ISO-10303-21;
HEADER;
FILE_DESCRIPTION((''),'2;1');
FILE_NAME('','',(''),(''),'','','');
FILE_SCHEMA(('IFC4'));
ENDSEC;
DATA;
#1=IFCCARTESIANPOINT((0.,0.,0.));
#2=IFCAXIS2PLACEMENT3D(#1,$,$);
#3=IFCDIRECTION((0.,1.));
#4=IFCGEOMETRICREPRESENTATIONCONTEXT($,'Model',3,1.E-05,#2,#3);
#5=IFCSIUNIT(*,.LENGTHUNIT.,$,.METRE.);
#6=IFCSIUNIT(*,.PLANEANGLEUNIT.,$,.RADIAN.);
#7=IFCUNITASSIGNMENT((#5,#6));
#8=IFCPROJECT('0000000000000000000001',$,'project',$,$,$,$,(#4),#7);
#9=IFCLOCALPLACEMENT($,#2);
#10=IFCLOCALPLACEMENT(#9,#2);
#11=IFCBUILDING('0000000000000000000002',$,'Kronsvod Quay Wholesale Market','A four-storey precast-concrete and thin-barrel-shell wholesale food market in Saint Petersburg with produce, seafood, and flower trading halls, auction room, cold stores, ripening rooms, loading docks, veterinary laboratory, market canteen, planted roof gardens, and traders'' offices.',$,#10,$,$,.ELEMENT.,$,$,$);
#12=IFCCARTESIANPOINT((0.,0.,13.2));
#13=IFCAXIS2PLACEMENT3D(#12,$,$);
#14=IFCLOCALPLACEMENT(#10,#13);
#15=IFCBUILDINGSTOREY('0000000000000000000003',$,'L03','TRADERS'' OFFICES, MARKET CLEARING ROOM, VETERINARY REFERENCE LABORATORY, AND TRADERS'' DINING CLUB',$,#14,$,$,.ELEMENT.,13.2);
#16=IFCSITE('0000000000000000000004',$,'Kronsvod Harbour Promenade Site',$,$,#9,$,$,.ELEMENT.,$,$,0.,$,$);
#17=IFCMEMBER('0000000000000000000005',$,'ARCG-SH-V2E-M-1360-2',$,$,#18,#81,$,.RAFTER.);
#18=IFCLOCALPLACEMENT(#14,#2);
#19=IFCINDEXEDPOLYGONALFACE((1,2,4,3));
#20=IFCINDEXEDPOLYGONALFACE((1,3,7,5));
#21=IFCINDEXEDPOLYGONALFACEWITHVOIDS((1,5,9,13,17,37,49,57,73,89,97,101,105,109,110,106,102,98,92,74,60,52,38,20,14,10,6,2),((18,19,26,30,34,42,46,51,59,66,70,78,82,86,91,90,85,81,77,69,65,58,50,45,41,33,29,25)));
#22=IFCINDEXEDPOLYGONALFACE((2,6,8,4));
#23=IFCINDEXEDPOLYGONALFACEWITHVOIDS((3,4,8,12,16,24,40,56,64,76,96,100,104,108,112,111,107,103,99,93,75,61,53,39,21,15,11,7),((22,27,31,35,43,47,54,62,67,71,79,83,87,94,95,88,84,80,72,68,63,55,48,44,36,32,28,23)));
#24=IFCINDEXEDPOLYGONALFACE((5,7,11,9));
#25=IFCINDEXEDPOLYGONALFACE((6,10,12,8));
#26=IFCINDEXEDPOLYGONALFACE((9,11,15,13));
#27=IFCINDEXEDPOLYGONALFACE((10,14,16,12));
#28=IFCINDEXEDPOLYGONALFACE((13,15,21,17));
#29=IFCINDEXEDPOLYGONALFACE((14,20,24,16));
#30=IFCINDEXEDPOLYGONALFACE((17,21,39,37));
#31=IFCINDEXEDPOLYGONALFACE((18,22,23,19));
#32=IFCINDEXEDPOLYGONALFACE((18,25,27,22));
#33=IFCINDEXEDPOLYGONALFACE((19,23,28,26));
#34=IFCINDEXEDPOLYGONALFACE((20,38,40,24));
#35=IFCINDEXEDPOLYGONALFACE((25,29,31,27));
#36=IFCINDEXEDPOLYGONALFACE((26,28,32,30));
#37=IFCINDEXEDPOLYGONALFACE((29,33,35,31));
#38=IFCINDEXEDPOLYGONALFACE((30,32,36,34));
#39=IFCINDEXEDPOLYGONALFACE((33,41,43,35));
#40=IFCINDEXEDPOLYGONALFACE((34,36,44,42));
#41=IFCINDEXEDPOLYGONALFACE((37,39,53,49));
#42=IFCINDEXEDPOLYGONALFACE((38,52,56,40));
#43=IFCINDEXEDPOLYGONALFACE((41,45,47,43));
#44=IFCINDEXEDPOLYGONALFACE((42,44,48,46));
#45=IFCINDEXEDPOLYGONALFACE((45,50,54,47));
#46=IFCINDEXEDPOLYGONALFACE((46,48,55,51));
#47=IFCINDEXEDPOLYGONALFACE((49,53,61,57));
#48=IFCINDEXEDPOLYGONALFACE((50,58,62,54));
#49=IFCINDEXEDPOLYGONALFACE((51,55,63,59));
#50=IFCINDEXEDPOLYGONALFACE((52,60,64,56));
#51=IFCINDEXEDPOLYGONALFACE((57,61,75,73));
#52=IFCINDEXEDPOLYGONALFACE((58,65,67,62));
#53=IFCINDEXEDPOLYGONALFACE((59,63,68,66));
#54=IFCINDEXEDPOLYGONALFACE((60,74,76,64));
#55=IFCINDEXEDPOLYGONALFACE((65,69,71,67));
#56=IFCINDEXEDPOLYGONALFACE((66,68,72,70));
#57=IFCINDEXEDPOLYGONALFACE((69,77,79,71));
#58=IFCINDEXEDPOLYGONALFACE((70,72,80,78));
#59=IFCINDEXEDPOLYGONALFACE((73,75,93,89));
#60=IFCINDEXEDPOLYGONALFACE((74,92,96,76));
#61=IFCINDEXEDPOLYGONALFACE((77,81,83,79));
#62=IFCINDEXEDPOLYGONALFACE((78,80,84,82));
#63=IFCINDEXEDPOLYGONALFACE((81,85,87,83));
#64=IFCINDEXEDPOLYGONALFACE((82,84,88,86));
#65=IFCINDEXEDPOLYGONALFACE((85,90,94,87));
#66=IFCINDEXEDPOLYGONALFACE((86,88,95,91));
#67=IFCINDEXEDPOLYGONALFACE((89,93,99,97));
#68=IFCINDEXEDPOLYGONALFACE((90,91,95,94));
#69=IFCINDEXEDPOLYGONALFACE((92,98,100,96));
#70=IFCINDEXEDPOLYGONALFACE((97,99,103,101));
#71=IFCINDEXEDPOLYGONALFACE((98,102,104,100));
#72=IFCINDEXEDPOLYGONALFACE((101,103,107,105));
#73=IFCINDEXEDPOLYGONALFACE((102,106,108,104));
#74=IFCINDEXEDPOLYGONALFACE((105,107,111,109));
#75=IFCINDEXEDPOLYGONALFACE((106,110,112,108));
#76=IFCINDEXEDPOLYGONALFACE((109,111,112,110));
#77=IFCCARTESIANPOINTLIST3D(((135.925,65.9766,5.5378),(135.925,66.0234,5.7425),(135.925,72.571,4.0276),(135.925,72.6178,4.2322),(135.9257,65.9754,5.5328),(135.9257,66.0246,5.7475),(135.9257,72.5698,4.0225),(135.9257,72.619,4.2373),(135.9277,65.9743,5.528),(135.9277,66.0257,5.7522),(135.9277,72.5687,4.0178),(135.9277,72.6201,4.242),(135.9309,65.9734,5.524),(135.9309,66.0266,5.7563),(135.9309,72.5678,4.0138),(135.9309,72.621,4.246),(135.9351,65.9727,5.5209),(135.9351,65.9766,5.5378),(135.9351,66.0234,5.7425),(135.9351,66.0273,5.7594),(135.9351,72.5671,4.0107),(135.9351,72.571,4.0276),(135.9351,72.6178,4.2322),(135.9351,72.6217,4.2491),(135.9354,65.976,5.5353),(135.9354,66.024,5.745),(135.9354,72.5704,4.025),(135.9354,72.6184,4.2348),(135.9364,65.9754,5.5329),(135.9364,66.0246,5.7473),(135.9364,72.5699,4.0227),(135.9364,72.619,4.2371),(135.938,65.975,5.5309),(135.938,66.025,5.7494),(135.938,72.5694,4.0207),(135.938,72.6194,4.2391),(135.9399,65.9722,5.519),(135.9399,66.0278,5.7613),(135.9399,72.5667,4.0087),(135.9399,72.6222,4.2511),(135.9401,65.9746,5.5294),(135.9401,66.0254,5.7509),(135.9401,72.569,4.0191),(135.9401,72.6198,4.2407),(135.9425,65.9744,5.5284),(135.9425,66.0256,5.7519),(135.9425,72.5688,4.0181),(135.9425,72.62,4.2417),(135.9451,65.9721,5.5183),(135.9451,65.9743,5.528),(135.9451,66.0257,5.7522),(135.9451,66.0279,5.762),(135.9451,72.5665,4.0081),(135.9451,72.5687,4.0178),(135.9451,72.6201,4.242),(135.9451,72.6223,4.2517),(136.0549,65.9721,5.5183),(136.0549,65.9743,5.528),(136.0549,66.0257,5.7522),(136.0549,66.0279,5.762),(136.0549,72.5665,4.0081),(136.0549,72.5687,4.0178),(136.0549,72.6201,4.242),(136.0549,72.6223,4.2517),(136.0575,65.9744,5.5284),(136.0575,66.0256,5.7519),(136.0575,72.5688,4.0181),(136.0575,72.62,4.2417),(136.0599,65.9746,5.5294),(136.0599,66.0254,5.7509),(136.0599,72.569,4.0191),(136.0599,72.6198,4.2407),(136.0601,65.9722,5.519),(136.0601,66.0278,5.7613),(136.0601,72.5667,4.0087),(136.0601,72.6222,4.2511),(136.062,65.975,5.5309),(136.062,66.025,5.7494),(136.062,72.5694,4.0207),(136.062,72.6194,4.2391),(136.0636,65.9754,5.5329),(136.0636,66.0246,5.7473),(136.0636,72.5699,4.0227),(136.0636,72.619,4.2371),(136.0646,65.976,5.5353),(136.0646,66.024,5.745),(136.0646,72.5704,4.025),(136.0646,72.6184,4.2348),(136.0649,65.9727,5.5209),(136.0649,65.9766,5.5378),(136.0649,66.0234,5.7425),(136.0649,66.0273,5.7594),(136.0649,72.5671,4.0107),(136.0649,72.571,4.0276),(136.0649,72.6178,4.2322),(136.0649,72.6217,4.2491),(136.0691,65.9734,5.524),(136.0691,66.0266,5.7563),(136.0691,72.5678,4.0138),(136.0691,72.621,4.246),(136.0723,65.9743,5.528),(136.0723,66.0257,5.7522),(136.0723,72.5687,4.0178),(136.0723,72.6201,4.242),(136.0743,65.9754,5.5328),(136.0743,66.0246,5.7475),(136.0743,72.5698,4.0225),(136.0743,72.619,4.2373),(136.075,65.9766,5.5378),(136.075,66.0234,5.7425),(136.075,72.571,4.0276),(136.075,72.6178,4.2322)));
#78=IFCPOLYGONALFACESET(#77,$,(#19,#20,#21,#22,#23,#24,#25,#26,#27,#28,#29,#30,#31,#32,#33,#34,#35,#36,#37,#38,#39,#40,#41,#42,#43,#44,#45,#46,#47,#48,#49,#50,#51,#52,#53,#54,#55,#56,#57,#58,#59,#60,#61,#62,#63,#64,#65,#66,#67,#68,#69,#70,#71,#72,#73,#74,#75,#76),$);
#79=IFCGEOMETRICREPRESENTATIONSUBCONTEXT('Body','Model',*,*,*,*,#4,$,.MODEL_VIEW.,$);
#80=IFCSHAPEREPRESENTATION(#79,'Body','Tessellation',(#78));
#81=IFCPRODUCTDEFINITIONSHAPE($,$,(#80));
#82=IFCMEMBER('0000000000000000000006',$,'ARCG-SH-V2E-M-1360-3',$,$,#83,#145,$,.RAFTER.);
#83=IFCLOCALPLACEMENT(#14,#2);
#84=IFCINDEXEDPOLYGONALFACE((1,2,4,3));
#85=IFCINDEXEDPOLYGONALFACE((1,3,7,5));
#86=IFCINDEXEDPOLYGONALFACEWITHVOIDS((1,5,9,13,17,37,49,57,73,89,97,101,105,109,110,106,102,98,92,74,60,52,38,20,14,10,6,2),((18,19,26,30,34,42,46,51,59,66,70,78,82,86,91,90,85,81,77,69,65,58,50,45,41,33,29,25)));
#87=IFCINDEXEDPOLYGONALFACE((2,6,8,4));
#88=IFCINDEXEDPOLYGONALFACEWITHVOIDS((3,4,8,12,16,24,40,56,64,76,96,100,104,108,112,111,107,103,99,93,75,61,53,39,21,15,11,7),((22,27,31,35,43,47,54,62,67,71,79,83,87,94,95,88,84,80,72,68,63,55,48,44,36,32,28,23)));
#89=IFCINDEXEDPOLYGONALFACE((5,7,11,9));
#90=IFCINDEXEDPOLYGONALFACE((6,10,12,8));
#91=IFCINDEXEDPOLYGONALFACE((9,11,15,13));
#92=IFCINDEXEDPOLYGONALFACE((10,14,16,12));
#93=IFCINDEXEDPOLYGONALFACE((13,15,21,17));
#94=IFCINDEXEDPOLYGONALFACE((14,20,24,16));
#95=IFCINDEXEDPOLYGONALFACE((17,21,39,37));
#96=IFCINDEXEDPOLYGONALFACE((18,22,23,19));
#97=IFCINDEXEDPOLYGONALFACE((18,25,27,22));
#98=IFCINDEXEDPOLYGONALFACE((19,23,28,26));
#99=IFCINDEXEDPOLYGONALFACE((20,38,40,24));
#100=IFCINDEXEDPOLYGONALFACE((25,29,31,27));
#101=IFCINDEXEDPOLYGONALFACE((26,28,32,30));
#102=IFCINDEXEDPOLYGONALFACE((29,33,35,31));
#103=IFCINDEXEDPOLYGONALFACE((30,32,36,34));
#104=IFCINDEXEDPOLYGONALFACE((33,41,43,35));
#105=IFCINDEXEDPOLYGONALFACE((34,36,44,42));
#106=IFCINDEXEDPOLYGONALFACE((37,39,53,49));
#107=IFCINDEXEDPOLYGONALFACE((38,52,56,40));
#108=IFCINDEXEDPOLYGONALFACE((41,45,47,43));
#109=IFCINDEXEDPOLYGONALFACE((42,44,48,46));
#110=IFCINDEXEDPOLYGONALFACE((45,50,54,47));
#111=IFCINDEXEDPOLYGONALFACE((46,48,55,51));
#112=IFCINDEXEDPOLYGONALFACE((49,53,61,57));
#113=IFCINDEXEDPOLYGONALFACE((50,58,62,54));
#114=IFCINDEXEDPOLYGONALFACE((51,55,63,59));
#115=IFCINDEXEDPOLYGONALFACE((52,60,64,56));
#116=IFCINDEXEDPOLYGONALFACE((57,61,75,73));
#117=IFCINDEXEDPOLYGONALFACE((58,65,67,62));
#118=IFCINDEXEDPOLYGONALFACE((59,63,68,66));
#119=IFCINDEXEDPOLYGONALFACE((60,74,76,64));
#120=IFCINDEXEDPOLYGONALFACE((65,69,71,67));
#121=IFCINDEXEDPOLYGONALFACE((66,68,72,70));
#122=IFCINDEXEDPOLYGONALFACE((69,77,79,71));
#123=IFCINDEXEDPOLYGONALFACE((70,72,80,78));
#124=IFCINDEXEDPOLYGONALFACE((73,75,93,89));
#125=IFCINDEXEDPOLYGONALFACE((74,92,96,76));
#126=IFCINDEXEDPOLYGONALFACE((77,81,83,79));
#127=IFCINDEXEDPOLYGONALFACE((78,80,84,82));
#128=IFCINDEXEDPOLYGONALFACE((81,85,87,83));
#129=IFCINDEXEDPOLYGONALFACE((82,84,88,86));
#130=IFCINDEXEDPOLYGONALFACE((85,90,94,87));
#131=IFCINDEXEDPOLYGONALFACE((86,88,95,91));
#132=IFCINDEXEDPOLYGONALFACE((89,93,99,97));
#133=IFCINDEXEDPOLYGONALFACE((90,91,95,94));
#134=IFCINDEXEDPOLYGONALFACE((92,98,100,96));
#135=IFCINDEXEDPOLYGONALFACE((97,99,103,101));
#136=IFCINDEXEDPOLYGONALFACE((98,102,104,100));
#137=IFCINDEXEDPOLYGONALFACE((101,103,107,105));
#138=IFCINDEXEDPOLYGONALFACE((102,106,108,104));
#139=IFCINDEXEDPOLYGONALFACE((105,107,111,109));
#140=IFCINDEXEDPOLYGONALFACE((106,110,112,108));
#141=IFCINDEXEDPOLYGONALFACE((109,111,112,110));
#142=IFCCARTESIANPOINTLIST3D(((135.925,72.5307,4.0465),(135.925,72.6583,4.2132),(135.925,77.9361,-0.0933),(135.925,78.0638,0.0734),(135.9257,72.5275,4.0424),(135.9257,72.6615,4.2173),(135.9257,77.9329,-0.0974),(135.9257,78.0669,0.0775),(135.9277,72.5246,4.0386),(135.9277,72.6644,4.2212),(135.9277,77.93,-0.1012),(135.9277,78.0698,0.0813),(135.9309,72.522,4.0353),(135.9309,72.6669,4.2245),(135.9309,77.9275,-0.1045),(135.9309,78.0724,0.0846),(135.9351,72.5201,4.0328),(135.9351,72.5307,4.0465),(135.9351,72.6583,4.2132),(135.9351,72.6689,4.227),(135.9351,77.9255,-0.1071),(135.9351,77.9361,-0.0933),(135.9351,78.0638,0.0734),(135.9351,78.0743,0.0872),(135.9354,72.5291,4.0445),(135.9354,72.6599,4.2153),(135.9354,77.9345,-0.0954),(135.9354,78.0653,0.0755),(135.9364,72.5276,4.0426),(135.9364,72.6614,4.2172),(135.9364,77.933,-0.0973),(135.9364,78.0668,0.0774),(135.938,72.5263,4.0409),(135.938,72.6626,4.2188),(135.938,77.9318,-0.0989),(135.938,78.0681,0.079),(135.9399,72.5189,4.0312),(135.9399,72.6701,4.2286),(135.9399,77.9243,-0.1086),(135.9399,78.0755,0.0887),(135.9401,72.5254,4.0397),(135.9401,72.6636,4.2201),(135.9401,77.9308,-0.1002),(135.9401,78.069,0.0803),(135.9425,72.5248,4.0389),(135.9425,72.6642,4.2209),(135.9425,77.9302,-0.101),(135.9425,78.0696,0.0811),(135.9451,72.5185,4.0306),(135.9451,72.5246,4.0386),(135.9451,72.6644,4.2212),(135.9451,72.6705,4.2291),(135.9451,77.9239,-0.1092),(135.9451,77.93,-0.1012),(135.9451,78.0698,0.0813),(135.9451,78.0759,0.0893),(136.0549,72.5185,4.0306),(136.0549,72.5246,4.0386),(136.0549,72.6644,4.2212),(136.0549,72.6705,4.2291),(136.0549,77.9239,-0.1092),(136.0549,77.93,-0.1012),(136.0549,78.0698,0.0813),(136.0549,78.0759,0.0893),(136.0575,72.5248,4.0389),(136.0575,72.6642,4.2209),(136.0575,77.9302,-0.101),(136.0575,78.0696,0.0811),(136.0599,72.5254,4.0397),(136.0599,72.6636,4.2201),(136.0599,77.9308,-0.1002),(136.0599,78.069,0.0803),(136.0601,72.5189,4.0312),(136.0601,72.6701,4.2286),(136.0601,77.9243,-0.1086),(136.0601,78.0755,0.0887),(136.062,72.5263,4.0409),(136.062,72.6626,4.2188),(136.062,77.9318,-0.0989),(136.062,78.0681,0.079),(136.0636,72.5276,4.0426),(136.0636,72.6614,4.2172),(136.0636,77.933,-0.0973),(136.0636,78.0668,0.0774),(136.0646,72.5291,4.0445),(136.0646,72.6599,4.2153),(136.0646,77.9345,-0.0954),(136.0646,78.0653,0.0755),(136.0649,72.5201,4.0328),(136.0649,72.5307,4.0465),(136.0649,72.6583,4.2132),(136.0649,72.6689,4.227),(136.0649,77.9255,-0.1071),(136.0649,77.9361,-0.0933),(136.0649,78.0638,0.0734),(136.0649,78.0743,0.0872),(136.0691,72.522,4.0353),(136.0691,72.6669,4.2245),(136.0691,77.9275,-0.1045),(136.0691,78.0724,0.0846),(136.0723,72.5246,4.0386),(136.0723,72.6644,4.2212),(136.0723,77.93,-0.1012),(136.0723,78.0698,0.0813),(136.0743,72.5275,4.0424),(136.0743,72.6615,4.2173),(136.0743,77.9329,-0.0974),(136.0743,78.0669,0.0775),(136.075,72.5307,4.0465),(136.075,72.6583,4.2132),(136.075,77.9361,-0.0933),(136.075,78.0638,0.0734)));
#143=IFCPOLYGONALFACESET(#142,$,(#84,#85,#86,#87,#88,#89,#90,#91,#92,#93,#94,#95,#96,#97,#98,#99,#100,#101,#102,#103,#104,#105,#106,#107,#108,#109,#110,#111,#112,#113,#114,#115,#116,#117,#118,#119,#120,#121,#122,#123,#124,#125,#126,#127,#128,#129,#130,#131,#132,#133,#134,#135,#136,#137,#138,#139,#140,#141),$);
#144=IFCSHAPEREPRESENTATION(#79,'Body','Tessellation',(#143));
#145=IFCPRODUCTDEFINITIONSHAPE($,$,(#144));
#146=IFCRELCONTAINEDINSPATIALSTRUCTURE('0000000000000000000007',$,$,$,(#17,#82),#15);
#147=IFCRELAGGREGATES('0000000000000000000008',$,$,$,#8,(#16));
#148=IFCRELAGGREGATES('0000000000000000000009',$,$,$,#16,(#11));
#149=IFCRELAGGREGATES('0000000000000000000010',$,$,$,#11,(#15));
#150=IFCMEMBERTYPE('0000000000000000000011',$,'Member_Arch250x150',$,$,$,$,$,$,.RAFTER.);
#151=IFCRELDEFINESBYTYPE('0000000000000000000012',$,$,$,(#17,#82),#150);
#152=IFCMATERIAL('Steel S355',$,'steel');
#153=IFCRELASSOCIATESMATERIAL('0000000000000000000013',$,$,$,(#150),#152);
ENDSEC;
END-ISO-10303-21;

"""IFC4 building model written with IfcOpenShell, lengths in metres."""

from ifc_helpers import new_model, si_unit, direction, frame, origin, origin_2d, place, context, subcontext, project, spatial, hollow_rectangle, extrude, material, material_profile, profile_set, type_object, element, save


model = new_model("IFC4")

# Units and contexts
model_context = context("Model", 3, precision=1e-05, world=origin(), true_north=direction((0.0, 1.0)))
body_context = subcontext(model_context, "Body", "Model", "MODEL_VIEW")
ifc_project = project(units=[si_unit("LENGTHUNIT", "METRE"), si_unit("PLANEANGLEUNIT", "RADIAN")], contexts=[model_context])

# Site, building, storey
site_placement = place(None, origin())
site = spatial("IfcSite", under=ifc_project, at=site_placement, Name="Kronsvod Harbour Promenade Site", CompositionType="ELEMENT", RefElevation=0.0)
building_placement = place(site_placement, origin())
building = spatial("IfcBuilding", under=site, at=building_placement, Name="Kronsvod Quay Wholesale Market", Description="A four-storey precast-concrete and thin-barrel-shell wholesale food market in Saint Petersburg with produce, seafood, and flower trading halls, auction room, cold stores, ripening rooms, loading docks, veterinary laboratory, market canteen, planted roof gardens, and traders' offices.", CompositionType="ELEMENT")
storey_placement = place(building_placement, frame((0.0, 0.0, 13.2)))
storey = spatial("IfcBuildingStorey", under=building, at=storey_placement, Name="L03", Description="TRADERS' OFFICES, MARKET CLEARING ROOM, VETERINARY REFERENCE LABORATORY, AND TRADERS' DINING CLUB", CompositionType="ELEMENT", Elevation=13.2)

# Members
ifc_material_1 = material(Name="Steel S355", Category="steel")
ifc_material_profile_1 = material_profile(ifc_material_1, hollow_rectangle(XDim=0.1499, YDim=0.25, WallThickness=0.01, InnerFilletRadius=0.01, OuterFilletRadius=0.02, at=origin_2d()), Name="RHS250x150x10")
ifc_profile_set_1 = profile_set([ifc_material_profile_1], Name="Steel S355")
member_type_1 = type_object("IfcMemberType", Name="Member_Arch250x150", PredefinedType="RAFTER", material=ifc_profile_set_1)
member_1_placement = place(storey_placement, frame((136.0, 66.0, 5.6401), z_axis=(0.0, 0.974764, -0.223238), x_axis=(-1.0, 0.0, 0.0)))
element("IfcMember", 1, at=member_1_placement, inside=storey, type_object=member_type_1, Name="ARCG-SH-V2E-M-1360-2", PredefinedType="RAFTER", context=body_context, shape_type="SweptSolid", body=[
    extrude(hollow_rectangle(XDim=0.1499, YDim=0.25, WallThickness=0.01, InnerFilletRadius=0.01, OuterFilletRadius=0.02, at=origin_2d()), origin(), (0.0, 0.0, 1.0), 6.7651),
])
member_2_placement = place(storey_placement, frame((136.0, 72.5945, 4.1299), z_axis=(0.0, 0.793914, -0.60803), x_axis=(-1.0, 0.0, 0.0)))
element("IfcMember", 2, at=member_2_placement, inside=storey, type_object=member_type_1, Name="ARCG-SH-V2E-M-1360-3", PredefinedType="RAFTER", context=body_context, shape_type="SweptSolid", body=[
    extrude(hollow_rectangle(XDim=0.1499, YDim=0.25, WallThickness=0.01, InnerFilletRadius=0.01, OuterFilletRadius=0.02, at=origin_2d()), origin(), (0.0, 0.0, 1.0), 6.8086),
])

save(model, "model.ifc")
